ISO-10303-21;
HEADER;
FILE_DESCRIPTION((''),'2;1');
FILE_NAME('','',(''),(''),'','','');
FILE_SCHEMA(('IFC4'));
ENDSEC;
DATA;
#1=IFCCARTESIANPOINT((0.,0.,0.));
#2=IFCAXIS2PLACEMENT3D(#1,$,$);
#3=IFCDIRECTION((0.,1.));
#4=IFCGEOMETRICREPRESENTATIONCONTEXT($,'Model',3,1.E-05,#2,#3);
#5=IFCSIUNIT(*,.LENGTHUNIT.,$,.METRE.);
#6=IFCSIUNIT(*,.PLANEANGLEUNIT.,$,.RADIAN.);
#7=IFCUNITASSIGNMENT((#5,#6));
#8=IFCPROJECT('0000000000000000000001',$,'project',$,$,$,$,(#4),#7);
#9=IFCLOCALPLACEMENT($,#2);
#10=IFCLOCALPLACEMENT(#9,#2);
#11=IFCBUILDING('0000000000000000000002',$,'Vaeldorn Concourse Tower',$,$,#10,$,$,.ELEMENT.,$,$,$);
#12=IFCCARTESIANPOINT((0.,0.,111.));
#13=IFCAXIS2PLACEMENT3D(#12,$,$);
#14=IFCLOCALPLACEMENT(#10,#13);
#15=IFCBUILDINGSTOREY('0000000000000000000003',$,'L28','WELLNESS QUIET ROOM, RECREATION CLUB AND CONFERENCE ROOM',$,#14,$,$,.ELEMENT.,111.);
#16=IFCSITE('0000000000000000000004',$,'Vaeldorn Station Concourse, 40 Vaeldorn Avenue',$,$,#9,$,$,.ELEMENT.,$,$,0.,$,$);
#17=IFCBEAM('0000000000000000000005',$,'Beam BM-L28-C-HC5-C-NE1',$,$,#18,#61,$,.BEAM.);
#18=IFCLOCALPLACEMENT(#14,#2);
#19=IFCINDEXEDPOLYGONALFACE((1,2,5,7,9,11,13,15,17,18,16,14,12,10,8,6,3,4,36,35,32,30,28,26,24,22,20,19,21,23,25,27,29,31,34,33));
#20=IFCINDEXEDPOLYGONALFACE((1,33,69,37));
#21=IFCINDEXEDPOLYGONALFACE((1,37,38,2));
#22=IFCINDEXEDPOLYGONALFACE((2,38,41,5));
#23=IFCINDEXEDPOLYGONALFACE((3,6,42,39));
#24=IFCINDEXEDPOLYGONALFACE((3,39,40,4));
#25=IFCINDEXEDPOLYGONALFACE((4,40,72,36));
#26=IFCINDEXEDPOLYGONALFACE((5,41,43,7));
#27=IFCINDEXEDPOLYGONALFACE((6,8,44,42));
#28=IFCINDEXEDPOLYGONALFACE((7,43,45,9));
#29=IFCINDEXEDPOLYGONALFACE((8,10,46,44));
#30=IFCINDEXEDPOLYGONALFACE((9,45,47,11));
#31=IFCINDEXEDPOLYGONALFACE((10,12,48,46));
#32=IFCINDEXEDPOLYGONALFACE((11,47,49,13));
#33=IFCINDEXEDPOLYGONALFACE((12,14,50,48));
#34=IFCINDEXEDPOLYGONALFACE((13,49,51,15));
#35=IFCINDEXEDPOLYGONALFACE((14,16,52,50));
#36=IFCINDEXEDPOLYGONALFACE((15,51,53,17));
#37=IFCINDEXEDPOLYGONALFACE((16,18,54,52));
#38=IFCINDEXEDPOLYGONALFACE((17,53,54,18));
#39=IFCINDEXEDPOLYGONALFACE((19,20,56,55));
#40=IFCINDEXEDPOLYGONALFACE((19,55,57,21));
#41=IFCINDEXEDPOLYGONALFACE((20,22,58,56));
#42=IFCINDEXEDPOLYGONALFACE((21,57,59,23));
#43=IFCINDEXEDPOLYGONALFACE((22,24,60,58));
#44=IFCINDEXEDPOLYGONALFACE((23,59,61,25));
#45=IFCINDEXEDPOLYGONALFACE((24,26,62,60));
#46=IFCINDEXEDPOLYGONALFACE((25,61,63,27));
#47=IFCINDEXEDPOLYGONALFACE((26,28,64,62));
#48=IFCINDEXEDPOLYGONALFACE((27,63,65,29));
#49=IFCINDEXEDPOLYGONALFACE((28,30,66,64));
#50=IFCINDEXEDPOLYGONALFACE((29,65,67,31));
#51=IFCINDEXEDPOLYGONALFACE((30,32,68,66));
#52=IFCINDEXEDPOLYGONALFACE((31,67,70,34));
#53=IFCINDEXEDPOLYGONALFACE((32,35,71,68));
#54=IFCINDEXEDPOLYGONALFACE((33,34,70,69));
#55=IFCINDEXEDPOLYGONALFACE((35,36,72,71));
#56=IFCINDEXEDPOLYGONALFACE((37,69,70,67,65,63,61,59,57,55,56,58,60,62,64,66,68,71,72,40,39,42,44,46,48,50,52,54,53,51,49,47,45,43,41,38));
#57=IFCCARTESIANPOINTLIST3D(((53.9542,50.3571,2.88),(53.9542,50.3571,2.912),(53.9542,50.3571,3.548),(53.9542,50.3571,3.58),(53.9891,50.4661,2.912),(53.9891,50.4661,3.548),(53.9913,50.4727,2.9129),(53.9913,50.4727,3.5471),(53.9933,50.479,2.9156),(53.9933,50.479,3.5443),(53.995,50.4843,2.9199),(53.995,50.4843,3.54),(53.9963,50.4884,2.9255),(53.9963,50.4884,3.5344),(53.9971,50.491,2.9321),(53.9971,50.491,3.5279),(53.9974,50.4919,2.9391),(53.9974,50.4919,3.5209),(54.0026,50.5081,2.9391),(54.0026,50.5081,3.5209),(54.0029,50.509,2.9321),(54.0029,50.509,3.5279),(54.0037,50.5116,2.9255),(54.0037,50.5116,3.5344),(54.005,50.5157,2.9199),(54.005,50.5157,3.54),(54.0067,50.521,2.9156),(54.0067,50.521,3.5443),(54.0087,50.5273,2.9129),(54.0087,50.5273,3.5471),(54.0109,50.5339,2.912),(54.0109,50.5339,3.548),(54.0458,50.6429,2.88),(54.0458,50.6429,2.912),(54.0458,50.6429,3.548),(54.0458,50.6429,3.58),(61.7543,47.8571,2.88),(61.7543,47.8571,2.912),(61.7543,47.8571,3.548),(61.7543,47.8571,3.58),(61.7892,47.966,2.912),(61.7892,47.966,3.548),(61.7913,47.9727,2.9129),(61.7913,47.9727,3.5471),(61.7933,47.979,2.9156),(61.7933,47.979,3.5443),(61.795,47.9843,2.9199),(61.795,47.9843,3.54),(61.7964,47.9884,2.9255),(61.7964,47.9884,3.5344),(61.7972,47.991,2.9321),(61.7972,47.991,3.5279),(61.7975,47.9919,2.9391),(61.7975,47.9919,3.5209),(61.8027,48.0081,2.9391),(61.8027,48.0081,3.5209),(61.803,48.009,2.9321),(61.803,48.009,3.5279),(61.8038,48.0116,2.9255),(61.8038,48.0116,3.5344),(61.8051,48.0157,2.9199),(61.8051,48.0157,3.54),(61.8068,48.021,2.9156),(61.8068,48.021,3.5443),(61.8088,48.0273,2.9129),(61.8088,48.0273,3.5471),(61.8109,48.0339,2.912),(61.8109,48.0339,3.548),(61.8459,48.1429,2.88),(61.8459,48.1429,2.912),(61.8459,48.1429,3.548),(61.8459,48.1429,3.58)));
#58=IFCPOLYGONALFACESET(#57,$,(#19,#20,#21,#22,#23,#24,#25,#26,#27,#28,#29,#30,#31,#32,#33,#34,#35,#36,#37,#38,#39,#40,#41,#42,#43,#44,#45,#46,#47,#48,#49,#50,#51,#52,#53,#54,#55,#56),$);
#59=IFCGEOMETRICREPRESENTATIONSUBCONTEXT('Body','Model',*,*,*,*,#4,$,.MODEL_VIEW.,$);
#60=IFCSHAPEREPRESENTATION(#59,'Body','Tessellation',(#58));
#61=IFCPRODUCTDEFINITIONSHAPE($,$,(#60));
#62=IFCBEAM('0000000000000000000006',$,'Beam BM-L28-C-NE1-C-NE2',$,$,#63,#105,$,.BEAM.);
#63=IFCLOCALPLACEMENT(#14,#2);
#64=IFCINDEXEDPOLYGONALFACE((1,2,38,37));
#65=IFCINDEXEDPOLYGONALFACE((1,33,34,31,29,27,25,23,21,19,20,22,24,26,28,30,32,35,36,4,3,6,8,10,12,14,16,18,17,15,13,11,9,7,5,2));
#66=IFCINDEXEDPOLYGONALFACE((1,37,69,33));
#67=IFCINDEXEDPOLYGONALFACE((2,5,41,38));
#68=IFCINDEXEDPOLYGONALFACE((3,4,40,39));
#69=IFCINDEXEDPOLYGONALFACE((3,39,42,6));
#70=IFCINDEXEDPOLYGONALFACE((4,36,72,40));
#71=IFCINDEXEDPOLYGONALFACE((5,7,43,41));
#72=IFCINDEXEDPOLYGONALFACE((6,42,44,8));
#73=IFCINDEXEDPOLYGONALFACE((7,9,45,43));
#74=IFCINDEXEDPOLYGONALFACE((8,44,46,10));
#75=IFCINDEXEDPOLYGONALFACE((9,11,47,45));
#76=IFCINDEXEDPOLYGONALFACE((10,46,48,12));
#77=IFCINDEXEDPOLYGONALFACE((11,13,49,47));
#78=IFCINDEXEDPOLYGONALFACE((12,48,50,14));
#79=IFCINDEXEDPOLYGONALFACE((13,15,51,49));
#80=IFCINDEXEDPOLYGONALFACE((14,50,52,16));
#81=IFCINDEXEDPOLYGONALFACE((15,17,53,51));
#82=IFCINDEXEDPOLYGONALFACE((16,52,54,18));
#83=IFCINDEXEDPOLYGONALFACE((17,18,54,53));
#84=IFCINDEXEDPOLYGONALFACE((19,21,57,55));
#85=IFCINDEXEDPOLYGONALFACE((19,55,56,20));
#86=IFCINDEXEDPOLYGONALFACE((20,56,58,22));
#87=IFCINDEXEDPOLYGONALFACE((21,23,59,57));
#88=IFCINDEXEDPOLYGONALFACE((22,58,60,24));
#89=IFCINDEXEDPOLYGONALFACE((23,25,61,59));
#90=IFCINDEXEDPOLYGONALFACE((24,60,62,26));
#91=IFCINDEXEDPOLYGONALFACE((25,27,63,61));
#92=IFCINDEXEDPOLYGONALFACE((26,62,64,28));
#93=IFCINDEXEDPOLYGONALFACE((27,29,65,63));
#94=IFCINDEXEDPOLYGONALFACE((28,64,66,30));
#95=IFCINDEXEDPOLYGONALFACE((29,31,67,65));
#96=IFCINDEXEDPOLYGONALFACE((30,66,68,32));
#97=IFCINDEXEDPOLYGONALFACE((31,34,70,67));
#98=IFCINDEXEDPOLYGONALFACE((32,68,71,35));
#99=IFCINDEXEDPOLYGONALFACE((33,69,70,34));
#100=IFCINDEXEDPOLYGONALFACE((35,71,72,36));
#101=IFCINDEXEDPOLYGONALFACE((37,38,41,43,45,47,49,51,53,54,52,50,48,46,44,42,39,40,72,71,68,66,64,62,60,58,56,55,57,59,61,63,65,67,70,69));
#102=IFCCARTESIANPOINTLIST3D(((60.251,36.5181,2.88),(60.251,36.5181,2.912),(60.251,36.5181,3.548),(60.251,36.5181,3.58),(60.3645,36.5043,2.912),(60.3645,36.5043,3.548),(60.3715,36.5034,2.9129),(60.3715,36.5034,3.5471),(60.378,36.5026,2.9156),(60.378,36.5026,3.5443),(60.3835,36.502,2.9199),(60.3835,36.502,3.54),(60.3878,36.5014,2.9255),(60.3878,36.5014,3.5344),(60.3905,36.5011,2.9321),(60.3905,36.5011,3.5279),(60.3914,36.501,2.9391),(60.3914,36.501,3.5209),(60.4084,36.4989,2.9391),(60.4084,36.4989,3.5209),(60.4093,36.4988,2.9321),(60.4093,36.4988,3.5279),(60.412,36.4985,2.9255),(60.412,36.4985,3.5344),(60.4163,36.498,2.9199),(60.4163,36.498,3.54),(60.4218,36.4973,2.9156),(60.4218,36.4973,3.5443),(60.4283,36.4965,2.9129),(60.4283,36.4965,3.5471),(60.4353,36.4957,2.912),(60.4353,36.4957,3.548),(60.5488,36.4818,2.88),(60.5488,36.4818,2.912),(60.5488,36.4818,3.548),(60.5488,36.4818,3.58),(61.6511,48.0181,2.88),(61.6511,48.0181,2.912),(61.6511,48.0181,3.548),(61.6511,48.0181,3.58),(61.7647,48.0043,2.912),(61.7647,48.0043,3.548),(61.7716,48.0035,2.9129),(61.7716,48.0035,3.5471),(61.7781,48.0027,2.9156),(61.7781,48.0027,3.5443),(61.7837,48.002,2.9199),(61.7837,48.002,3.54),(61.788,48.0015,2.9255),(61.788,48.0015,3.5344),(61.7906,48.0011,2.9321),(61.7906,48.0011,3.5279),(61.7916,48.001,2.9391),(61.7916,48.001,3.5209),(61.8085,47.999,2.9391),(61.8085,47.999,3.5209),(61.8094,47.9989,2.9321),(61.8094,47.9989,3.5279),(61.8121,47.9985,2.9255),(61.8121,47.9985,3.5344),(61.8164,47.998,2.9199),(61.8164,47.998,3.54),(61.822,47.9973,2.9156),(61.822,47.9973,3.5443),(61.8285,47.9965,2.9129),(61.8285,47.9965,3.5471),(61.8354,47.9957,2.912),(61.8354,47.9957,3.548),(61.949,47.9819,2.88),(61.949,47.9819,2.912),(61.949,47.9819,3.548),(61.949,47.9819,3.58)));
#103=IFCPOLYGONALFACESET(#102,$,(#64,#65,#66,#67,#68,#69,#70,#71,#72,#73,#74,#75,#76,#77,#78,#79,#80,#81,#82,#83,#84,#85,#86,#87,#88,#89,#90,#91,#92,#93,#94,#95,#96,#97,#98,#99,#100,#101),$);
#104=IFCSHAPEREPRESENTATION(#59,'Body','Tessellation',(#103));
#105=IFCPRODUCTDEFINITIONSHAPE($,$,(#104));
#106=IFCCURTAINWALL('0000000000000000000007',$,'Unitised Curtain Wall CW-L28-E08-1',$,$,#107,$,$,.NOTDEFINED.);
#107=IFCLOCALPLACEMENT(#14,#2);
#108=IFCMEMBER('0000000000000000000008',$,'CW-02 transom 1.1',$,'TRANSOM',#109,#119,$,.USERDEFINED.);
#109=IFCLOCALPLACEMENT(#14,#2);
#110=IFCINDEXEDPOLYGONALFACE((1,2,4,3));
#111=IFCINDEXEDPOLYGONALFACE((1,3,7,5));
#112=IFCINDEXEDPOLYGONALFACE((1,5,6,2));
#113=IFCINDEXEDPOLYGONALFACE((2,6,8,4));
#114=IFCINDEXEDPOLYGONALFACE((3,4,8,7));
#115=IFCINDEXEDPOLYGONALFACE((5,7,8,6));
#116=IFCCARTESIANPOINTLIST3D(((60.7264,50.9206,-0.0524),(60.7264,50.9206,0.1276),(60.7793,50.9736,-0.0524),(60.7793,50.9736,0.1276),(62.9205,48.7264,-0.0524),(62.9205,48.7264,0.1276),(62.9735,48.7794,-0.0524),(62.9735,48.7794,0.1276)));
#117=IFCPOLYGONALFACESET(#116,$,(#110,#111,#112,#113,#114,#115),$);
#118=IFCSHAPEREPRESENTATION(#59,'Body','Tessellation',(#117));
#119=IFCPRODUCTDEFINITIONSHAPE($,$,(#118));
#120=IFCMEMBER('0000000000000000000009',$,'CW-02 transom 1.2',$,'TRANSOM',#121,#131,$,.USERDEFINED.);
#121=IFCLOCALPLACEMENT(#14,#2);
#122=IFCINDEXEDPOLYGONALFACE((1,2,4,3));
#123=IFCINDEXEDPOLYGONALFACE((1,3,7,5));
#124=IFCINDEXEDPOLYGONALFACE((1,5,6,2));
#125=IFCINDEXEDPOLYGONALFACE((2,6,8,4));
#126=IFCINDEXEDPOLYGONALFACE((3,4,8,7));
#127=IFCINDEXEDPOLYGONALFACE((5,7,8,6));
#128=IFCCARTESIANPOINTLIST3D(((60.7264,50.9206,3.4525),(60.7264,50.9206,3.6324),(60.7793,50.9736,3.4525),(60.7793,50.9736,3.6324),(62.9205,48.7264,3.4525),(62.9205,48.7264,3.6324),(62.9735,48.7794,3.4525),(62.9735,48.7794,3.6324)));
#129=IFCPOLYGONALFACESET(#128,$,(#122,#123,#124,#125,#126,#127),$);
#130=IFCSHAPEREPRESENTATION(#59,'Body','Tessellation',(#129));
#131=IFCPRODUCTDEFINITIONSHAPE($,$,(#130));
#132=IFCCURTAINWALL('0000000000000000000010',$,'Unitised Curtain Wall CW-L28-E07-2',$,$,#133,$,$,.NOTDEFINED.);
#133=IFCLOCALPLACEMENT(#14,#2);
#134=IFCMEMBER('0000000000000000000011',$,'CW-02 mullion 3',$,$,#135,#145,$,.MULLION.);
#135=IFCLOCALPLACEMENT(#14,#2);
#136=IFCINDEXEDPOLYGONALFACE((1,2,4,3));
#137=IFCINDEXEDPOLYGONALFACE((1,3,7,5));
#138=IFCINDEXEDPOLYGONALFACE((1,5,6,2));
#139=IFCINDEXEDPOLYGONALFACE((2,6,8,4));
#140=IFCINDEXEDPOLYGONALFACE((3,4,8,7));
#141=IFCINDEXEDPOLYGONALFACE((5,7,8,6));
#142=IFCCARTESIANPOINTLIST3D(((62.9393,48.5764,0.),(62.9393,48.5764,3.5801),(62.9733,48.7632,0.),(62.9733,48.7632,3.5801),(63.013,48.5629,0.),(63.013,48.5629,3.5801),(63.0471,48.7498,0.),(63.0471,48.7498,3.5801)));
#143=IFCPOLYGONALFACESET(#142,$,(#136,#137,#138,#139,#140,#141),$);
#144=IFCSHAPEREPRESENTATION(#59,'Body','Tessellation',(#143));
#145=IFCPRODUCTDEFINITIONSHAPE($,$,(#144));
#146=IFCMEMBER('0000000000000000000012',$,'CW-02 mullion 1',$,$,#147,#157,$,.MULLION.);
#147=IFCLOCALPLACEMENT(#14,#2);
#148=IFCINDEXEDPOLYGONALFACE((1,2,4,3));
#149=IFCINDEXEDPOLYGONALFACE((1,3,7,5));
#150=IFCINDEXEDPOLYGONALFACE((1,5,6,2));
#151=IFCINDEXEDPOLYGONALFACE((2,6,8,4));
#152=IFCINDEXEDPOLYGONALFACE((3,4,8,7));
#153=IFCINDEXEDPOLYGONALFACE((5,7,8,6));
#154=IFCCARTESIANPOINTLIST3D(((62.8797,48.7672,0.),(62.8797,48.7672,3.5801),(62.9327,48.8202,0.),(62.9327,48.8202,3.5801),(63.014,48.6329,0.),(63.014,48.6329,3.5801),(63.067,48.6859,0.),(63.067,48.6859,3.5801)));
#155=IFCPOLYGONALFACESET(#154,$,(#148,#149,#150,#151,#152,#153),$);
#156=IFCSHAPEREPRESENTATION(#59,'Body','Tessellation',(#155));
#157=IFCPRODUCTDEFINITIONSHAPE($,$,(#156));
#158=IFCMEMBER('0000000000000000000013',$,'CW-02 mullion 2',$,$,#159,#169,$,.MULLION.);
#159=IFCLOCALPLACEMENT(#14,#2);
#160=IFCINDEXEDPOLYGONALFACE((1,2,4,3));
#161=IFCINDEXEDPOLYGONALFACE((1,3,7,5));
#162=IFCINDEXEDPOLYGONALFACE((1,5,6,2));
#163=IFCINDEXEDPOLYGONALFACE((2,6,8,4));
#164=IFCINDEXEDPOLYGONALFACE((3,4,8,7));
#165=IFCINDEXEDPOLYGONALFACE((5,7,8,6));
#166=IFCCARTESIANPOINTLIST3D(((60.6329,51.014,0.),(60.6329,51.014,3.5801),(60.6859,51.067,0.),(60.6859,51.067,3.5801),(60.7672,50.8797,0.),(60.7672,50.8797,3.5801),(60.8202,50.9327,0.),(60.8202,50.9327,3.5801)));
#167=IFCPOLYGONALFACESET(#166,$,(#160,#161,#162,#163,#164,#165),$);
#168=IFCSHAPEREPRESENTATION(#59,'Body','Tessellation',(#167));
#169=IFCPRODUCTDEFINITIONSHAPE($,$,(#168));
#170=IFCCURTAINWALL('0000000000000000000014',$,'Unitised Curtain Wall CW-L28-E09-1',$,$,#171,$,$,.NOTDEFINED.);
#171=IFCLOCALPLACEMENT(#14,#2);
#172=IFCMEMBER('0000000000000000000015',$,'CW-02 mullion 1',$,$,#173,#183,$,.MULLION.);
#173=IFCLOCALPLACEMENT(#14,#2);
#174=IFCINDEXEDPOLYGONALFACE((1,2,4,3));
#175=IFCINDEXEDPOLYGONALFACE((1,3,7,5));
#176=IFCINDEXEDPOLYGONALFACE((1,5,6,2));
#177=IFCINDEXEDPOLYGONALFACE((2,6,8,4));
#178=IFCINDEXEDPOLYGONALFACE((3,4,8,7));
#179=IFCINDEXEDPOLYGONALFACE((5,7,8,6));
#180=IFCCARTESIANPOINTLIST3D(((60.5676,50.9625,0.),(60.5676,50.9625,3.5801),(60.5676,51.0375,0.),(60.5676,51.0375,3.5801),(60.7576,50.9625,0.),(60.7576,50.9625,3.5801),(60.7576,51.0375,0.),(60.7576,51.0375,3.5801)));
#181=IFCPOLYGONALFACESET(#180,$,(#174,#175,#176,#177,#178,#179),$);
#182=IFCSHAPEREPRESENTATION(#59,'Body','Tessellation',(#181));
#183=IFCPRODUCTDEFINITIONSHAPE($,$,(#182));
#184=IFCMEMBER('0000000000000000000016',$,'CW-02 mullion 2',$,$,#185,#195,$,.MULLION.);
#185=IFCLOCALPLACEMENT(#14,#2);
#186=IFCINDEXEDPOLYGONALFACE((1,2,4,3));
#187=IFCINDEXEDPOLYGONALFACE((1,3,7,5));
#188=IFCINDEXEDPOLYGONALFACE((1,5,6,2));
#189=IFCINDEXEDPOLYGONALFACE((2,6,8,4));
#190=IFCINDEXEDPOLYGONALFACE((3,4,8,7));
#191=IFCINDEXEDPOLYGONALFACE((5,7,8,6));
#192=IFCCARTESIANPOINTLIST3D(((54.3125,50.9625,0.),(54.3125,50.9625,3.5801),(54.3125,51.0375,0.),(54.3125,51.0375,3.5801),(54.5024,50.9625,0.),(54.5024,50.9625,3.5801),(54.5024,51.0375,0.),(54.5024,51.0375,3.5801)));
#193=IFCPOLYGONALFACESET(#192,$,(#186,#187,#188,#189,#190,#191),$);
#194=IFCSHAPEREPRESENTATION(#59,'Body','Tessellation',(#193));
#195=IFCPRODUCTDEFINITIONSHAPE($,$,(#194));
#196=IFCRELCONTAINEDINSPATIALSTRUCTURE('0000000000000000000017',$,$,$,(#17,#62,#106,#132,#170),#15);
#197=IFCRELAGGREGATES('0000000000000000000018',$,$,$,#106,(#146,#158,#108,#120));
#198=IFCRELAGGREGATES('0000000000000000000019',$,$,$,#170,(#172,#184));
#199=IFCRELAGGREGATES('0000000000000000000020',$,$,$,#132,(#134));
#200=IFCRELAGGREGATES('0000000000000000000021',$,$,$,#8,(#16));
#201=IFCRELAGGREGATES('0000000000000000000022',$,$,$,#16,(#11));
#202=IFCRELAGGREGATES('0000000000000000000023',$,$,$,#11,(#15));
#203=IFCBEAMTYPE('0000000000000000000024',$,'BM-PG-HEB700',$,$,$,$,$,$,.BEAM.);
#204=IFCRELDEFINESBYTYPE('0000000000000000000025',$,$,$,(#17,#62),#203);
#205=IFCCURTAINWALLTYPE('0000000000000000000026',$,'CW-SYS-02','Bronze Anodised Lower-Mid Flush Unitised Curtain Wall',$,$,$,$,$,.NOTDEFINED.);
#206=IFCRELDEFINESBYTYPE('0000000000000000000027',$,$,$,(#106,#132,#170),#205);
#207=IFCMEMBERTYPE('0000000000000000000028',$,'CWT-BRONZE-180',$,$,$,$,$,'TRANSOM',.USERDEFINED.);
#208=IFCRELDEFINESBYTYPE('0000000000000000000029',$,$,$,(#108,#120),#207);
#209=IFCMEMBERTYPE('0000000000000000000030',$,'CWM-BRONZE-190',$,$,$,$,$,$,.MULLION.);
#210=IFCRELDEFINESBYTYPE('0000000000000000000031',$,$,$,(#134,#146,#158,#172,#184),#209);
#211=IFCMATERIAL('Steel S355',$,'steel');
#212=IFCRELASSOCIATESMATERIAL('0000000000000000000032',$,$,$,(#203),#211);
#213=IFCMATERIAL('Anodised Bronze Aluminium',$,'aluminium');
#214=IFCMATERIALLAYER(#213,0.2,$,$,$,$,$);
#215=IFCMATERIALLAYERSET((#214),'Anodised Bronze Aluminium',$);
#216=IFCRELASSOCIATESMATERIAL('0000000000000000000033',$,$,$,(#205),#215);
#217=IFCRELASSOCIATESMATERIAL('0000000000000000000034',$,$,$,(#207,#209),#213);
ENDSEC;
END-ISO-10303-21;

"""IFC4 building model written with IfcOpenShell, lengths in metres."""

from ifc_helpers import new_model, si_unit, direction, frame, origin, origin_2d, place, context, subcontext, project, spatial, rectangle, i_section, extrude, source, transform, mapped, material, layer, layer_set, material_profile, profile_set, type_object, element, aggregate, save


model = new_model("IFC4")

# Units and contexts
model_context = context("Model", 3, precision=1e-05, world=origin(), true_north=direction((0.0, 1.0)))
body_context = subcontext(model_context, "Body", "Model", "MODEL_VIEW")
ifc_project = project(units=[si_unit("LENGTHUNIT", "METRE"), si_unit("PLANEANGLEUNIT", "RADIAN")], contexts=[model_context])

# Site, building, storey
site_placement = place(None, origin())
site = spatial("IfcSite", under=ifc_project, at=site_placement, Name="Vaeldorn Station Concourse, 40 Vaeldorn Avenue", CompositionType="ELEMENT", RefElevation=0.0)
building_placement = place(site_placement, origin())
building = spatial("IfcBuilding", under=site, at=building_placement, Name="Vaeldorn Concourse Tower", CompositionType="ELEMENT")
storey_placement = place(building_placement, frame((0.0, 0.0, 111.0)))
storey = spatial("IfcBuildingStorey", under=building, at=storey_placement, Name="L28", Description="WELLNESS QUIET ROOM, RECREATION CLUB AND CONFERENCE ROOM", CompositionType="ELEMENT", Elevation=111.0)

# Beams
ifc_material_1 = material(Name="Steel S355", Category="steel")
ifc_material_profile_1 = material_profile(ifc_material_1, i_section(OverallWidth=0.3, OverallDepth=0.7, WebThickness=0.0171, FlangeThickness=0.032, FilletRadius=0.0271, at=origin_2d()), Name="HEB 700")
ifc_profile_set_1 = profile_set([ifc_material_profile_1], Name="Steel S355")
beam_type_1 = type_object("IfcBeamType", Name="BM-PG-HEB700", PredefinedType="BEAM", material=ifc_profile_set_1)
shared_shape_1 = source(origin(), body_context, "Body", "SweptSolid", [
    extrude(i_section(OverallWidth=0.3, OverallDepth=0.7, WebThickness=0.0171, FlangeThickness=0.032, FilletRadius=0.0271, at=origin_2d()), origin(), (0.0, 0.0, 1.0), 8.1909),
])
beam_1_placement = place(storey_placement, frame((54.0, 50.5, 3.23), z_axis=(0.952283, -0.305217, 0.0), x_axis=(0.305217, 0.952283, 0.0)))
element("IfcBeam", 1, at=beam_1_placement, inside=storey, type_object=beam_type_1, Name="Beam BM-L28-C-HC5-C-NE1", PredefinedType="BEAM", context=body_context, shape_type="MappedRepresentation", body=[
    mapped(shared_shape_1, transform((0.0, 0.0, 0.0), scale=1.0)),
])
shared_shape_2 = source(origin(), body_context, "Body", "SweptSolid", [
    extrude(i_section(OverallWidth=0.3, OverallDepth=0.7, WebThickness=0.0171, FlangeThickness=0.032, FilletRadius=0.0271, at=origin_2d()), origin(), (0.0, 0.0, 1.0), 11.585),
])
beam_2_placement = place(storey_placement, frame((61.8, 48.0, 3.23), z_axis=(-0.120859, -0.99267, 0.0), x_axis=(0.99267, -0.120859, 0.0)))
element("IfcBeam", 2, at=beam_2_placement, inside=storey, type_object=beam_type_1, Name="Beam BM-L28-C-NE1-C-NE2", PredefinedType="BEAM", context=body_context, shape_type="MappedRepresentation", body=[
    mapped(shared_shape_2, transform((0.0, 0.0, 0.0), scale=1.0)),
])

# Curtain wall, members
ifc_material_2 = material(Name="Anodised Bronze Aluminium", Category="aluminium")
ifc_layer_1 = layer(ifc_material_2, 0.2)
ifc_layer_set_1 = layer_set([ifc_layer_1], Name="Anodised Bronze Aluminium")
curtain_wall_type = type_object("IfcCurtainWallType", Name="CW-SYS-02", Description="Bronze Anodised Lower-Mid Flush Unitised Curtain Wall", PredefinedType="NOTDEFINED", material=ifc_layer_set_1)
curtain_wall_1_placement = place(storey_placement, origin())
curtain_wall_1 = element("IfcCurtainWall", 3, at=curtain_wall_1_placement, inside=storey, type_object=curtain_wall_type, Name="Unitised Curtain Wall CW-L28-E08-1", PredefinedType="NOTDEFINED")
ifc_material_profile_2 = material_profile(ifc_material_2, rectangle(XDim=0.075, YDim=0.1799, at=origin_2d()), Name="CWT 75x180")
ifc_profile_set_2 = profile_set([ifc_material_profile_2], Name="Anodised Bronze Aluminium")
member_type_1 = type_object("IfcMemberType", Name="CWT-BRONZE-180", ElementType="TRANSOM", PredefinedType="USERDEFINED", material=ifc_profile_set_2)
shared_shape_3 = source(origin(), body_context, "Body", "SweptSolid", [
    extrude(rectangle(XDim=0.075, YDim=0.1799, at=origin_2d()), origin(), (0.0, 0.0, 1.0), 3.103),
])
member_1_placement = place(storey_placement, frame((62.947, 48.7529, 0.0376), z_axis=(-0.707107, 0.707107, 0.0), x_axis=(-0.707107, -0.707107, 0.0)))
member_1 = element("IfcMember", 4, at=member_1_placement, type_object=member_type_1, Name="CW-02 transom 1.1", ObjectType="TRANSOM", PredefinedType="USERDEFINED", context=body_context, shape_type="MappedRepresentation", body=[
    mapped(shared_shape_3, transform((0.0, 0.0, 0.0), scale=1.0)),
])
member_2_placement = place(storey_placement, frame((62.947, 48.7529, 3.5425), z_axis=(-0.707107, 0.707107, 0.0), x_axis=(-0.707107, -0.707107, 0.0)))
member_2 = element("IfcMember", 5, at=member_2_placement, type_object=member_type_1, Name="CW-02 transom 1.2", ObjectType="TRANSOM", PredefinedType="USERDEFINED", context=body_context, shape_type="MappedRepresentation", body=[
    mapped(shared_shape_3, transform((0.0, 0.0, 0.0), scale=1.0)),
])

# Curtain wall, member
curtain_wall_2_placement = place(storey_placement, origin())
curtain_wall_2 = element("IfcCurtainWall", 6, at=curtain_wall_2_placement, inside=storey, type_object=curtain_wall_type, Name="Unitised Curtain Wall CW-L28-E07-2", PredefinedType="NOTDEFINED")
ifc_material_profile_3 = material_profile(ifc_material_2, rectangle(XDim=0.075, YDim=0.1899, at=origin_2d()), Name="CWM 75x190")
ifc_profile_set_3 = profile_set([ifc_material_profile_3], Name="Anodised Bronze Aluminium")
member_type_2 = type_object("IfcMemberType", Name="CWM-BRONZE-190", PredefinedType="MULLION", material=ifc_profile_set_3)
shared_shape_4 = source(origin(), body_context, "Body", "SweptSolid", [
    extrude(rectangle(XDim=0.075, YDim=0.1899, at=origin_2d()), origin(), (0.0, 0.0, 1.0), 3.5801),
])
member_3_placement = place(storey_placement, frame((62.9932, 48.6631, 0.0), z_axis=(0.0, 0.0, 1.0), x_axis=(-0.983812, 0.179203, 0.0)))
member_3 = element("IfcMember", 7, at=member_3_placement, type_object=member_type_2, Name="CW-02 mullion 3", PredefinedType="MULLION", context=body_context, shape_type="MappedRepresentation", body=[
    mapped(shared_shape_4, transform((0.0, 0.0, 0.0), scale=1.0)),
])

# Members
member_4_placement = place(storey_placement, frame((62.9734, 48.7266, 0.0), z_axis=(0.0, 0.0, 1.0), x_axis=(-0.707107, -0.707107, 0.0)))
member_4 = element("IfcMember", 8, at=member_4_placement, type_object=member_type_2, Name="CW-02 mullion 1", PredefinedType="MULLION", context=body_context, shape_type="MappedRepresentation", body=[
    mapped(shared_shape_4, transform((0.0, 0.0, 0.0), scale=1.0)),
])
member_5_placement = place(storey_placement, frame((60.7266, 50.9734, 0.0), z_axis=(0.0, 0.0, 1.0), x_axis=(-0.707107, -0.707107, 0.0)))
member_5 = element("IfcMember", 9, at=member_5_placement, type_object=member_type_2, Name="CW-02 mullion 2", PredefinedType="MULLION", context=body_context, shape_type="MappedRepresentation", body=[
    mapped(shared_shape_4, transform((0.0, 0.0, 0.0), scale=1.0)),
])

# Curtain wall, members
curtain_wall_3_placement = place(storey_placement, origin())
curtain_wall_3 = element("IfcCurtainWall", 10, at=curtain_wall_3_placement, inside=storey, type_object=curtain_wall_type, Name="Unitised Curtain Wall CW-L28-E09-1", PredefinedType="NOTDEFINED")
member_6_placement = place(storey_placement, frame((60.6626, 51.0, 0.0), z_axis=(0.0, 0.0, 1.0), x_axis=(0.0, -1.0, 0.0)))
member_6 = element("IfcMember", 11, at=member_6_placement, type_object=member_type_2, Name="CW-02 mullion 1", PredefinedType="MULLION", context=body_context, shape_type="MappedRepresentation", body=[
    mapped(shared_shape_4, transform((0.0, 0.0, 0.0), scale=1.0)),
])
member_7_placement = place(storey_placement, frame((54.4075, 51.0, 0.0), z_axis=(0.0, 0.0, 1.0), x_axis=(0.0, -1.0, 0.0)))
member_7 = element("IfcMember", 12, at=member_7_placement, type_object=member_type_2, Name="CW-02 mullion 2", PredefinedType="MULLION", context=body_context, shape_type="MappedRepresentation", body=[
    mapped(shared_shape_4, transform((0.0, 0.0, 0.0), scale=1.0)),
])

aggregate(curtain_wall_1, [member_4, member_5, member_1, member_2])
aggregate(curtain_wall_3, [member_6, member_7])
aggregate(curtain_wall_2, [member_3])

save(model, "model.ifc")
